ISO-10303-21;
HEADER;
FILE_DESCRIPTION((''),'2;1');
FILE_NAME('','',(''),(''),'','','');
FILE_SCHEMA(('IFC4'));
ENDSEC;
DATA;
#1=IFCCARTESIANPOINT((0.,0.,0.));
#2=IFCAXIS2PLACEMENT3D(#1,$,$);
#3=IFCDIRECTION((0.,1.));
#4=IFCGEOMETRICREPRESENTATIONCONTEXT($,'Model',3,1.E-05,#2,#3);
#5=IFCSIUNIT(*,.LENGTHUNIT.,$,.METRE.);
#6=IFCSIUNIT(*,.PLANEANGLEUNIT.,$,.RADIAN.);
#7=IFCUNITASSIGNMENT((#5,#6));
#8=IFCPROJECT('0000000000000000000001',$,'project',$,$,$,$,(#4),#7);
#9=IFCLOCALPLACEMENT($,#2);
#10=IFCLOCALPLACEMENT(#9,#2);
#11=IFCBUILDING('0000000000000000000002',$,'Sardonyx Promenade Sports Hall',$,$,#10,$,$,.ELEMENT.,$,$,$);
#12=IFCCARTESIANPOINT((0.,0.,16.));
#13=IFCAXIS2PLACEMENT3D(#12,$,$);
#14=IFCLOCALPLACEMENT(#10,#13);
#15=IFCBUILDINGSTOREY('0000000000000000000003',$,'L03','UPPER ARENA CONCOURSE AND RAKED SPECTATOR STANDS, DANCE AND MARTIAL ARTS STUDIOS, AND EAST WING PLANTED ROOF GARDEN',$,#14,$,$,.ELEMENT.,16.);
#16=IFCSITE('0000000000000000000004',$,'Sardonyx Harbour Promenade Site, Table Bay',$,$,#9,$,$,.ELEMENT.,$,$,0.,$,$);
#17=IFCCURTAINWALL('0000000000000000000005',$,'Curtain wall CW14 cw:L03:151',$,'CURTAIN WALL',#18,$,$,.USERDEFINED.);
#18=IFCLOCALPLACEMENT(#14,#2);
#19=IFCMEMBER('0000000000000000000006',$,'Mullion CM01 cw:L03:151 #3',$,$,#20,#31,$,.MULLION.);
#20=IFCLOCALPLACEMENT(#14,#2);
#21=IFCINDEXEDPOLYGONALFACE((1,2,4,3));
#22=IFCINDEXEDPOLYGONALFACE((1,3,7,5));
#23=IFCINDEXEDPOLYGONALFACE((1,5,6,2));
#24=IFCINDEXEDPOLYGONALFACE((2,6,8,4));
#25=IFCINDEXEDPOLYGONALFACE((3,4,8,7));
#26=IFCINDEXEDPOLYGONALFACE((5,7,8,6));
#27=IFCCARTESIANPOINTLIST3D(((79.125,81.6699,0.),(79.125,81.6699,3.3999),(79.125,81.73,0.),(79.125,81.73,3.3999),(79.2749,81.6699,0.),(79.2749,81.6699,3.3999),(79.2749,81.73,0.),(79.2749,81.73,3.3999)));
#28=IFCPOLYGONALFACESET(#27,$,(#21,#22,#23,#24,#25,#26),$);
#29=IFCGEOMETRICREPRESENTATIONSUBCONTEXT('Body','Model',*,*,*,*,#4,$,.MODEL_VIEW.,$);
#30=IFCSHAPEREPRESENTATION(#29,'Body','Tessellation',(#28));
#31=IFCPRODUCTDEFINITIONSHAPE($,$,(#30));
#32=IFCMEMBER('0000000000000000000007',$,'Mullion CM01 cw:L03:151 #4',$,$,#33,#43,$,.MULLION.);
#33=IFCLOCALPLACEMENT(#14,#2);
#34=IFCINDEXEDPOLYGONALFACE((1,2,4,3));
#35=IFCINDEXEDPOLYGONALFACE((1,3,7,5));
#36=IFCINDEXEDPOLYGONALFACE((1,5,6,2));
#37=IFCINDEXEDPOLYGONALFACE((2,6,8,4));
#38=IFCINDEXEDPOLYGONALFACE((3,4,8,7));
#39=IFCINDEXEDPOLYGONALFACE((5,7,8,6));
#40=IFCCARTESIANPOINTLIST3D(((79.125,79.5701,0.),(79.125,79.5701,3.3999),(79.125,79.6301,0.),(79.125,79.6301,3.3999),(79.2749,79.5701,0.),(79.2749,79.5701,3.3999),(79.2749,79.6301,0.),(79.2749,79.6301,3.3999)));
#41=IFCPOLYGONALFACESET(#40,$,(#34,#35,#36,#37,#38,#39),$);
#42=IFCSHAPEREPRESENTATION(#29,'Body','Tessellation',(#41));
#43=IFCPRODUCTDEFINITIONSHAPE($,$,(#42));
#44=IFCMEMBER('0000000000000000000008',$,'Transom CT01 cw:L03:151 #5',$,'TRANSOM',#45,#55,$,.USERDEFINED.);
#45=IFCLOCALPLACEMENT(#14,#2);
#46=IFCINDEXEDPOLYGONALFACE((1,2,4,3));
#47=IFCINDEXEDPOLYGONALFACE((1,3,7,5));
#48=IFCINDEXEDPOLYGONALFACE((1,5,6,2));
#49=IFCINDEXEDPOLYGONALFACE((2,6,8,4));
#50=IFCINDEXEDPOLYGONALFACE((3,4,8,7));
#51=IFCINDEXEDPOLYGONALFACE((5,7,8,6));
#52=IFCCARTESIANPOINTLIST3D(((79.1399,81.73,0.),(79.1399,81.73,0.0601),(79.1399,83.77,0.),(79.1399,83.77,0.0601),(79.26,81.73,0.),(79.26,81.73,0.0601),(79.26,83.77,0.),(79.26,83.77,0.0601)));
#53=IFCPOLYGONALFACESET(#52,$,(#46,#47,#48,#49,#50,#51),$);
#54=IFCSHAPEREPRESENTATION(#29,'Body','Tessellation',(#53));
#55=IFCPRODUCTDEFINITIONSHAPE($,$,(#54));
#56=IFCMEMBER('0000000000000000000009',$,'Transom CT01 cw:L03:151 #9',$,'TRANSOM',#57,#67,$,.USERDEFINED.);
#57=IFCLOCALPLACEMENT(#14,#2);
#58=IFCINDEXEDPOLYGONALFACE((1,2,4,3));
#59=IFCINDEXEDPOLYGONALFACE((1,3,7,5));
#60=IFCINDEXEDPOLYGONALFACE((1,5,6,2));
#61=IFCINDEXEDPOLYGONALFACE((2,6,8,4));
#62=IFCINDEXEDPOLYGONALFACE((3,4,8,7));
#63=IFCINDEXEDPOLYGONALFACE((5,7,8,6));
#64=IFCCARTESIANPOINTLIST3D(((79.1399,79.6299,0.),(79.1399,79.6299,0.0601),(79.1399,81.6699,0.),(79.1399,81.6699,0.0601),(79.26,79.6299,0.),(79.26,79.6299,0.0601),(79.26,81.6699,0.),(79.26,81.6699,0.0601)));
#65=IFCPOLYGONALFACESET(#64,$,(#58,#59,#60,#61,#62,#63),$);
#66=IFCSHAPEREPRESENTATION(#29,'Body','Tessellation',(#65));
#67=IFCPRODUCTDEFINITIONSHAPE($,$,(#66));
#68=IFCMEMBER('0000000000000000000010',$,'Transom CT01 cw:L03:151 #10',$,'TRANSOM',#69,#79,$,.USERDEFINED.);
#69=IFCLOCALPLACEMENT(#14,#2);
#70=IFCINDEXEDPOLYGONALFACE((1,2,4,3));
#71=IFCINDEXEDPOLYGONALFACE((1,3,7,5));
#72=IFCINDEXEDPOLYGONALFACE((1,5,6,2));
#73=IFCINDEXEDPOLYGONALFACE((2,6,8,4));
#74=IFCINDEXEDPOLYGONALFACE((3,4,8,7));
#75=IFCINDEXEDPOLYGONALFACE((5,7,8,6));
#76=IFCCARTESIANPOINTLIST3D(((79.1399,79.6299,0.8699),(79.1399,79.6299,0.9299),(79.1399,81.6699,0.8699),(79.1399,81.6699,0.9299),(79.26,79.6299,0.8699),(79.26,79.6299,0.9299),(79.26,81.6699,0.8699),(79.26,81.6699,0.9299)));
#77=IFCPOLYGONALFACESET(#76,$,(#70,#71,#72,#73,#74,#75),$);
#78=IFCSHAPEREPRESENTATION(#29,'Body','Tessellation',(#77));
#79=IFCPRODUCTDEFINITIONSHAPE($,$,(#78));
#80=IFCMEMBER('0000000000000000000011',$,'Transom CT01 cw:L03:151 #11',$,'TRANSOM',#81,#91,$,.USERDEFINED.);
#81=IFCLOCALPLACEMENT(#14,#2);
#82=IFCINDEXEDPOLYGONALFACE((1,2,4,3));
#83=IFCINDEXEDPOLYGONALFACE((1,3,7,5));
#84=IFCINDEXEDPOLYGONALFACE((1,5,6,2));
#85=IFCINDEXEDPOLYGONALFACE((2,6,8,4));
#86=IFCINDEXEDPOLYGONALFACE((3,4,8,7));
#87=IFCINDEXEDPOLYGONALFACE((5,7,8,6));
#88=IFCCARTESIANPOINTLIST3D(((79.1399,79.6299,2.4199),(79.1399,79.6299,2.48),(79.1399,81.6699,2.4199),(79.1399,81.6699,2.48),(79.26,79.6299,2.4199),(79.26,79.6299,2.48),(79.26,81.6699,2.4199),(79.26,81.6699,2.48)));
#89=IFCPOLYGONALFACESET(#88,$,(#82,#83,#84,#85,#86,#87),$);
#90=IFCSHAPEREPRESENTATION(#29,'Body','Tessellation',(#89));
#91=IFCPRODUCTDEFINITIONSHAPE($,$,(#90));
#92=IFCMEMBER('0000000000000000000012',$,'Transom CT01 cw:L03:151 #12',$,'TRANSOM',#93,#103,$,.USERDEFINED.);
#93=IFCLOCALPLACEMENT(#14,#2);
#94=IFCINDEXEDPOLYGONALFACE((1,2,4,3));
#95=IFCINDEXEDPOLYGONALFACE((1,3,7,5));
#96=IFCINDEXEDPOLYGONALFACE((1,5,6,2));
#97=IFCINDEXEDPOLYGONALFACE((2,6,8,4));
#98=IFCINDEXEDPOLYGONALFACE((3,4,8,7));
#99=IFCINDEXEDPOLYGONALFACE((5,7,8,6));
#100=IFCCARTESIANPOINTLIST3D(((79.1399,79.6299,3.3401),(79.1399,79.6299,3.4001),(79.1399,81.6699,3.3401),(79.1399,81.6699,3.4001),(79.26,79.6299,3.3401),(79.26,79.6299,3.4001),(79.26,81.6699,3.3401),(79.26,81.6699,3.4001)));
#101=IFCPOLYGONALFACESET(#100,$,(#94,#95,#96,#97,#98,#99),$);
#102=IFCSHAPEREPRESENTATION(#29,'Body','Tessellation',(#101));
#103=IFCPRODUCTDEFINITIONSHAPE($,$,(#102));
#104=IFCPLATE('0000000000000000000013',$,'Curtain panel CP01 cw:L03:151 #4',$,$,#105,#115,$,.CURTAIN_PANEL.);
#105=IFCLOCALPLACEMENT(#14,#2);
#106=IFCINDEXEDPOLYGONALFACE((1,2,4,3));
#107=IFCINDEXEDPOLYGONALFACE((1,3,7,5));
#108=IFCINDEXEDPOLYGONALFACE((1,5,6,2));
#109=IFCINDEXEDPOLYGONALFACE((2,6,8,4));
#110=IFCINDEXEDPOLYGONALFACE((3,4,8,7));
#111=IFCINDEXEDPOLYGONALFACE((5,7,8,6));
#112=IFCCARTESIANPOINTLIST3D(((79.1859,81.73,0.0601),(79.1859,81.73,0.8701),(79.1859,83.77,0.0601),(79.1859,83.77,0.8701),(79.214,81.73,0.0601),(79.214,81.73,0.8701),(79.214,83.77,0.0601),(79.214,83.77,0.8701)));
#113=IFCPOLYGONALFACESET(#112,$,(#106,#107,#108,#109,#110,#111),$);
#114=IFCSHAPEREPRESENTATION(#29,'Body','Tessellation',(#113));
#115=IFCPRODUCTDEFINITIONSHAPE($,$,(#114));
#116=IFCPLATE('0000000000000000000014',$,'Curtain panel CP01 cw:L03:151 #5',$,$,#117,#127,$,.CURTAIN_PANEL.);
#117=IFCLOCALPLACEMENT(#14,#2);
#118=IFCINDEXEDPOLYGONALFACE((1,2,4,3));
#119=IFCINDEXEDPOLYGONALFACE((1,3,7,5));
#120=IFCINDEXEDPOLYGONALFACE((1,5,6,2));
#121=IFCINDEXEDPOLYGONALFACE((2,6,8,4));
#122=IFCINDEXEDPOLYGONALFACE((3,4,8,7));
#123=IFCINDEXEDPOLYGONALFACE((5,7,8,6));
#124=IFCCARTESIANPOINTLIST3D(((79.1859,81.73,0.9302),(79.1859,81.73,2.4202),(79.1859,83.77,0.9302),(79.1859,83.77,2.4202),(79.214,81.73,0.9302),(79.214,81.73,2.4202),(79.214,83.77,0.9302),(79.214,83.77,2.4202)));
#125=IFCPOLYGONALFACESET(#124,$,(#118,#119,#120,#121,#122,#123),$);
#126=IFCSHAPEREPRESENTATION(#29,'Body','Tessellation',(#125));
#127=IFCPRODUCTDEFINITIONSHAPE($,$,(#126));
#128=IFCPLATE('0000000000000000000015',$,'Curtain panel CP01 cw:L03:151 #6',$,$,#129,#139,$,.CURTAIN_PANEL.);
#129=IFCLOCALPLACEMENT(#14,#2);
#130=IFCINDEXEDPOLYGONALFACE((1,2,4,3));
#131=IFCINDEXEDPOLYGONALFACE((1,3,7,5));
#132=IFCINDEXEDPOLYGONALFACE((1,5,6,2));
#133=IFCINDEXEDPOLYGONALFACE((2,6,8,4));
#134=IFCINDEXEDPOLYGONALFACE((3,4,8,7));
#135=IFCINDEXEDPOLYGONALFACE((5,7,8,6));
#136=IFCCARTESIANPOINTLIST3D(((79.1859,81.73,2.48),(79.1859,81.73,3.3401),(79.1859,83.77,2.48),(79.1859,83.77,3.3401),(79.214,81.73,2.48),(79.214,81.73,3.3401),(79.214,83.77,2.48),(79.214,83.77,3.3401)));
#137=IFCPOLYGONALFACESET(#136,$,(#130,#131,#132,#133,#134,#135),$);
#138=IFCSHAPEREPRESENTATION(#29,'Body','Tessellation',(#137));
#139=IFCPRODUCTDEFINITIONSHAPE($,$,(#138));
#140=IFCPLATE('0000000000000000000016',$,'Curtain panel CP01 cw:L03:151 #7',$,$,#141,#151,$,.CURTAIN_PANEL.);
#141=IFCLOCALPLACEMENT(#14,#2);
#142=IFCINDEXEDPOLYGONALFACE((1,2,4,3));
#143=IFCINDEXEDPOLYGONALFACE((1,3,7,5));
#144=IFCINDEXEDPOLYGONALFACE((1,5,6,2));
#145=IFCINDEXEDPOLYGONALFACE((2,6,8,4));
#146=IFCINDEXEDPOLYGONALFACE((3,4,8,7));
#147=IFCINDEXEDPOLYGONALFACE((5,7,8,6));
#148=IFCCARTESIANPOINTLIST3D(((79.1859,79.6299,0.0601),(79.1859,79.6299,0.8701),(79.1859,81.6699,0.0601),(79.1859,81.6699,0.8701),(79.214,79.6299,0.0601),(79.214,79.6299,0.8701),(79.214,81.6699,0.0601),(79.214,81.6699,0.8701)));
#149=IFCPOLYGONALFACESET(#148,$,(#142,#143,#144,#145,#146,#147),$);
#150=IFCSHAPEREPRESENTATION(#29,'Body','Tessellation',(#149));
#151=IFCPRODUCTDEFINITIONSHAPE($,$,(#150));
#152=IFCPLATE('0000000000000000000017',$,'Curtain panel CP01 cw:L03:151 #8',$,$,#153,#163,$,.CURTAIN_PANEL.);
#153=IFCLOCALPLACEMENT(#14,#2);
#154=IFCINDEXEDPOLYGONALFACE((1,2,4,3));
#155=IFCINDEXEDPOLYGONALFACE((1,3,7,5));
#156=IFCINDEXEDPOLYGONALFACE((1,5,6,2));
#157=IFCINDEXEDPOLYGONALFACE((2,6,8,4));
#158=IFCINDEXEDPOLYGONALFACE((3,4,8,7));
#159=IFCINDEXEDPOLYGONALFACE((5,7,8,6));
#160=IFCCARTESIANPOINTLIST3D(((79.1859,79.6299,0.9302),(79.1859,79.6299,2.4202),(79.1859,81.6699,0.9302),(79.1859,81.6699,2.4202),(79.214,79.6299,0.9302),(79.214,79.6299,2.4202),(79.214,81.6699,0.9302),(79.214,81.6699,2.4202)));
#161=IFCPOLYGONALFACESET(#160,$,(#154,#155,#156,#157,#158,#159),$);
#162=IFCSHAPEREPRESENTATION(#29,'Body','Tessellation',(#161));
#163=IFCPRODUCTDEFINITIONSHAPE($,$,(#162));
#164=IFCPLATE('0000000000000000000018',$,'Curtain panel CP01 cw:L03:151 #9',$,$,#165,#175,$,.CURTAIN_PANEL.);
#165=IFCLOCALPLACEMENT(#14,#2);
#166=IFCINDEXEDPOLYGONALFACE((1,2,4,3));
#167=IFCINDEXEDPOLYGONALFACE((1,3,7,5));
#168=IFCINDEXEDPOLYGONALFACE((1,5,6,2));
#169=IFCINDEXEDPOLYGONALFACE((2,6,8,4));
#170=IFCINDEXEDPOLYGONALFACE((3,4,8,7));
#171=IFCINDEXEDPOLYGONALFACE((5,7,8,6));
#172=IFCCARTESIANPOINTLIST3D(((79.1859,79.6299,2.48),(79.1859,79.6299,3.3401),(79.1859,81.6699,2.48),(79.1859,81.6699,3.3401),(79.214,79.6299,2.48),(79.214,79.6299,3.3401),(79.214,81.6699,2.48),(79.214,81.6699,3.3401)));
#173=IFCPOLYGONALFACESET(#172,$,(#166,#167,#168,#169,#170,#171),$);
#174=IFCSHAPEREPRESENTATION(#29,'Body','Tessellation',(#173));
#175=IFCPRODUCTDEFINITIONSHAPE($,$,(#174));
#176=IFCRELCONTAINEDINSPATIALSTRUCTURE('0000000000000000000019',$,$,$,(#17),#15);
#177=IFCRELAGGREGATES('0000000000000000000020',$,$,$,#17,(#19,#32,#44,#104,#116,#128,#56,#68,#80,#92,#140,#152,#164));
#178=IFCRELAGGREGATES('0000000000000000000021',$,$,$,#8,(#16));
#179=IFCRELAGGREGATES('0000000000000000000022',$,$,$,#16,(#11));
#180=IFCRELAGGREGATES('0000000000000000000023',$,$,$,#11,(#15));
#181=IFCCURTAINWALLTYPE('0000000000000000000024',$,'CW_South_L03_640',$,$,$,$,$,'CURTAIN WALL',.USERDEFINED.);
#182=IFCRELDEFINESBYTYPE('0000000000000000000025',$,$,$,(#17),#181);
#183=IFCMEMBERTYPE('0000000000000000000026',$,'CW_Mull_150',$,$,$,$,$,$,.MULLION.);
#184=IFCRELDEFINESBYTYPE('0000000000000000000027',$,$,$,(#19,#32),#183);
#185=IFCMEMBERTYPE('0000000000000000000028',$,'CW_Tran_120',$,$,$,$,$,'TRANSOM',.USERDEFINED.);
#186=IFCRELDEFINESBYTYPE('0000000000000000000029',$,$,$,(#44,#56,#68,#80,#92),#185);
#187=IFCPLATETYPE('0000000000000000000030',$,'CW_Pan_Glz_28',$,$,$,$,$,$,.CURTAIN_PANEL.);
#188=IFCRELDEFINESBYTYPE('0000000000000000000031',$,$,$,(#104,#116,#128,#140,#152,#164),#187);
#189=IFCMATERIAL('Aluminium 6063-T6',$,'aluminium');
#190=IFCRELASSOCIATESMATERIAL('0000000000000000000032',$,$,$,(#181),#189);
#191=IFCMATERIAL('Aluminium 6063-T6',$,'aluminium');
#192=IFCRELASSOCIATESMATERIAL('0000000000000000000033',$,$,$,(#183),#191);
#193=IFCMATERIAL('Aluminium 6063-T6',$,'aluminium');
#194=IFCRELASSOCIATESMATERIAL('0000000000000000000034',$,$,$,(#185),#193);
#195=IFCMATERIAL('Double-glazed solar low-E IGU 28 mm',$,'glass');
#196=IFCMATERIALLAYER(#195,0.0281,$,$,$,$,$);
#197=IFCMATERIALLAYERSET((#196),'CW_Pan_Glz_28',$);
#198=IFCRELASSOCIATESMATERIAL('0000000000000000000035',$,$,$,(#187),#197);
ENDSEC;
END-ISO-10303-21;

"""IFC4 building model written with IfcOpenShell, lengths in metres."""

from ifc_helpers import new_model, si_unit, direction, frame, origin, origin_2d, place, context, subcontext, project, spatial, rectangle, extrude, material, layer, layer_set, material_profile, profile_set, type_object, element, aggregate, save


model = new_model("IFC4")

# Units and contexts
model_context = context("Model", 3, precision=1e-05, world=origin(), true_north=direction((0.0, 1.0)))
body_context = subcontext(model_context, "Body", "Model", "MODEL_VIEW")
ifc_project = project(units=[si_unit("LENGTHUNIT", "METRE"), si_unit("PLANEANGLEUNIT", "RADIAN")], contexts=[model_context])

# Site, building, storey
site_placement = place(None, origin())
site = spatial("IfcSite", under=ifc_project, at=site_placement, Name="Sardonyx Harbour Promenade Site, Table Bay", CompositionType="ELEMENT", RefElevation=0.0)
building_placement = place(site_placement, origin())
building = spatial("IfcBuilding", under=site, at=building_placement, Name="Sardonyx Promenade Sports Hall", CompositionType="ELEMENT")
storey_placement = place(building_placement, frame((0.0, 0.0, 16.0)))
storey = spatial("IfcBuildingStorey", under=building, at=storey_placement, Name="L03", Description="UPPER ARENA CONCOURSE AND RAKED SPECTATOR STANDS, DANCE AND MARTIAL ARTS STUDIOS, AND EAST WING PLANTED ROOF GARDEN", CompositionType="ELEMENT", Elevation=16.0)

# Curtain wall, members, plates
ifc_material_1 = material(Name="Aluminium 6063-T6", Category="aluminium")
curtain_wall_type = type_object("IfcCurtainWallType", Name="CW_South_L03_640", ElementType="CURTAIN WALL", PredefinedType="USERDEFINED", material=ifc_material_1)
curtain_wall_placement = place(storey_placement, origin())
curtain_wall = element("IfcCurtainWall", 1, at=curtain_wall_placement, inside=storey, type_object=curtain_wall_type, Name="Curtain wall CW14 cw:L03:151", ObjectType="CURTAIN WALL", PredefinedType="USERDEFINED")
ifc_material_2 = material(Name="Aluminium 6063-T6", Category="aluminium")
ifc_material_profile_1 = material_profile(ifc_material_2, rectangle(XDim=0.0601, YDim=0.1499, at=origin_2d()))
ifc_profile_set_1 = profile_set([ifc_material_profile_1], Name="Aluminium 6063-T6")
member_type_1 = type_object("IfcMemberType", Name="CW_Mull_150", PredefinedType="MULLION", material=ifc_profile_set_1)
member_1_placement = place(storey_placement, frame((79.2, 81.7, 0.0), z_axis=(0.0, 0.0, 1.0), x_axis=(0.0, -1.0, 0.0)))
member_1 = element("IfcMember", 2, at=member_1_placement, type_object=member_type_1, Name="Mullion CM01 cw:L03:151 #3", PredefinedType="MULLION", context=body_context, shape_type="SweptSolid", body=[
    extrude(rectangle(XDim=0.0601, YDim=0.1499, at=origin_2d()), origin(), (0.0, 0.0, 1.0), 3.3999),
])
member_2_placement = place(storey_placement, frame((79.2, 79.6001, 0.0), z_axis=(0.0, 0.0, 1.0), x_axis=(0.0, -1.0, 0.0)))
member_2 = element("IfcMember", 3, at=member_2_placement, type_object=member_type_1, Name="Mullion CM01 cw:L03:151 #4", PredefinedType="MULLION", context=body_context, shape_type="SweptSolid", body=[
    extrude(rectangle(XDim=0.0601, YDim=0.1499, at=origin_2d()), origin(), (0.0, 0.0, 1.0), 3.3999),
])
ifc_material_3 = material(Name="Aluminium 6063-T6", Category="aluminium")
ifc_material_profile_2 = material_profile(ifc_material_3, rectangle(XDim=0.0601, YDim=0.1201, at=origin_2d()))
ifc_profile_set_2 = profile_set([ifc_material_profile_2], Name="Aluminium 6063-T6")
member_type_2 = type_object("IfcMemberType", Name="CW_Tran_120", ElementType="TRANSOM", PredefinedType="USERDEFINED", material=ifc_profile_set_2)
member_3_placement = place(storey_placement, frame((79.2, 83.77, 0.03), z_axis=(0.0, -1.0, 0.0), x_axis=(0.0, 0.0, 1.0)))
member_3 = element("IfcMember", 4, at=member_3_placement, type_object=member_type_2, Name="Transom CT01 cw:L03:151 #5", ObjectType="TRANSOM", PredefinedType="USERDEFINED", context=body_context, shape_type="SweptSolid", body=[
    extrude(rectangle(XDim=0.0601, YDim=0.1201, at=origin_2d()), origin(), (0.0, 0.0, 1.0), 2.04),
])
member_4_placement = place(storey_placement, frame((79.2, 81.6699, 0.03), z_axis=(0.0, -1.0, 0.0), x_axis=(0.0, 0.0, 1.0)))
member_4 = element("IfcMember", 5, at=member_4_placement, type_object=member_type_2, Name="Transom CT01 cw:L03:151 #9", ObjectType="TRANSOM", PredefinedType="USERDEFINED", context=body_context, shape_type="SweptSolid", body=[
    extrude(rectangle(XDim=0.0601, YDim=0.1201, at=origin_2d()), origin(), (0.0, 0.0, 1.0), 2.04),
])
member_5_placement = place(storey_placement, frame((79.2, 81.6699, 0.8999), z_axis=(0.0, -1.0, 0.0), x_axis=(0.0, 0.0, 1.0)))
member_5 = element("IfcMember", 6, at=member_5_placement, type_object=member_type_2, Name="Transom CT01 cw:L03:151 #10", ObjectType="TRANSOM", PredefinedType="USERDEFINED", context=body_context, shape_type="SweptSolid", body=[
    extrude(rectangle(XDim=0.0601, YDim=0.1201, at=origin_2d()), origin(), (0.0, 0.0, 1.0), 2.04),
])
member_6_placement = place(storey_placement, frame((79.2, 81.6699, 2.45), z_axis=(0.0, -1.0, 0.0), x_axis=(0.0, 0.0, 1.0)))
member_6 = element("IfcMember", 7, at=member_6_placement, type_object=member_type_2, Name="Transom CT01 cw:L03:151 #11", ObjectType="TRANSOM", PredefinedType="USERDEFINED", context=body_context, shape_type="SweptSolid", body=[
    extrude(rectangle(XDim=0.0601, YDim=0.1201, at=origin_2d()), origin(), (0.0, 0.0, 1.0), 2.04),
])
member_7_placement = place(storey_placement, frame((79.2, 81.6699, 3.3701), z_axis=(0.0, -1.0, 0.0), x_axis=(0.0, 0.0, 1.0)))
member_7 = element("IfcMember", 8, at=member_7_placement, type_object=member_type_2, Name="Transom CT01 cw:L03:151 #12", ObjectType="TRANSOM", PredefinedType="USERDEFINED", context=body_context, shape_type="SweptSolid", body=[
    extrude(rectangle(XDim=0.0601, YDim=0.1201, at=origin_2d()), origin(), (0.0, 0.0, 1.0), 2.04),
])
ifc_material_4 = material(Name="Double-glazed solar low-E IGU 28 mm", Category="glass")
ifc_layer_1 = layer(ifc_material_4, 0.0281)
ifc_layer_set_1 = layer_set([ifc_layer_1], Name="CW_Pan_Glz_28")
plate_type = type_object("IfcPlateType", Name="CW_Pan_Glz_28", PredefinedType="CURTAIN_PANEL", material=ifc_layer_set_1)
plate_1_placement = place(storey_placement, frame((79.2, 82.75, 0.0601), z_axis=(0.0, 0.0, 1.0), x_axis=(0.0, -1.0, 0.0)))
plate_1 = element("IfcPlate", 9, at=plate_1_placement, type_object=plate_type, Name="Curtain panel CP01 cw:L03:151 #4", PredefinedType="CURTAIN_PANEL", context=body_context, shape_type="SweptSolid", body=[
    extrude(rectangle(XDim=2.04, YDim=0.0281, at=origin_2d()), origin(), (0.0, 0.0, 1.0), 0.8101),
])
plate_2_placement = place(storey_placement, frame((79.2, 82.75, 0.9302), z_axis=(0.0, 0.0, 1.0), x_axis=(0.0, -1.0, 0.0)))
plate_2 = element("IfcPlate", 10, at=plate_2_placement, type_object=plate_type, Name="Curtain panel CP01 cw:L03:151 #5", PredefinedType="CURTAIN_PANEL", context=body_context, shape_type="SweptSolid", body=[
    extrude(rectangle(XDim=2.04, YDim=0.0281, at=origin_2d()), origin(), (0.0, 0.0, 1.0), 1.49),
])
plate_3_placement = place(storey_placement, frame((79.2, 82.75, 2.48), z_axis=(0.0, 0.0, 1.0), x_axis=(0.0, -1.0, 0.0)))
plate_3 = element("IfcPlate", 11, at=plate_3_placement, type_object=plate_type, Name="Curtain panel CP01 cw:L03:151 #6", PredefinedType="CURTAIN_PANEL", context=body_context, shape_type="SweptSolid", body=[
    extrude(rectangle(XDim=2.04, YDim=0.0281, at=origin_2d()), origin(), (0.0, 0.0, 1.0), 0.8601),
])
plate_4_placement = place(storey_placement, frame((79.2, 80.6499, 0.0601), z_axis=(0.0, 0.0, 1.0), x_axis=(0.0, -1.0, 0.0)))
plate_4 = element("IfcPlate", 12, at=plate_4_placement, type_object=plate_type, Name="Curtain panel CP01 cw:L03:151 #7", PredefinedType="CURTAIN_PANEL", context=body_context, shape_type="SweptSolid", body=[
    extrude(rectangle(XDim=2.04, YDim=0.0281, at=origin_2d()), origin(), (0.0, 0.0, 1.0), 0.8101),
])
plate_5_placement = place(storey_placement, frame((79.2, 80.6499, 0.9302), z_axis=(0.0, 0.0, 1.0), x_axis=(0.0, -1.0, 0.0)))
plate_5 = element("IfcPlate", 13, at=plate_5_placement, type_object=plate_type, Name="Curtain panel CP01 cw:L03:151 #8", PredefinedType="CURTAIN_PANEL", context=body_context, shape_type="SweptSolid", body=[
    extrude(rectangle(XDim=2.04, YDim=0.0281, at=origin_2d()), origin(), (0.0, 0.0, 1.0), 1.49),
])
plate_6_placement = place(storey_placement, frame((79.2, 80.6499, 2.48), z_axis=(0.0, 0.0, 1.0), x_axis=(0.0, -1.0, 0.0)))
plate_6 = element("IfcPlate", 14, at=plate_6_placement, type_object=plate_type, Name="Curtain panel CP01 cw:L03:151 #9", PredefinedType="CURTAIN_PANEL", context=body_context, shape_type="SweptSolid", body=[
    extrude(rectangle(XDim=2.04, YDim=0.0281, at=origin_2d()), origin(), (0.0, 0.0, 1.0), 0.8601),
])
aggregate(curtain_wall, [member_1, member_2, member_3, plate_1, plate_2, plate_3, member_4, member_5, member_6, member_7, plate_4, plate_5, plate_6])

save(model, "model.ifc")
